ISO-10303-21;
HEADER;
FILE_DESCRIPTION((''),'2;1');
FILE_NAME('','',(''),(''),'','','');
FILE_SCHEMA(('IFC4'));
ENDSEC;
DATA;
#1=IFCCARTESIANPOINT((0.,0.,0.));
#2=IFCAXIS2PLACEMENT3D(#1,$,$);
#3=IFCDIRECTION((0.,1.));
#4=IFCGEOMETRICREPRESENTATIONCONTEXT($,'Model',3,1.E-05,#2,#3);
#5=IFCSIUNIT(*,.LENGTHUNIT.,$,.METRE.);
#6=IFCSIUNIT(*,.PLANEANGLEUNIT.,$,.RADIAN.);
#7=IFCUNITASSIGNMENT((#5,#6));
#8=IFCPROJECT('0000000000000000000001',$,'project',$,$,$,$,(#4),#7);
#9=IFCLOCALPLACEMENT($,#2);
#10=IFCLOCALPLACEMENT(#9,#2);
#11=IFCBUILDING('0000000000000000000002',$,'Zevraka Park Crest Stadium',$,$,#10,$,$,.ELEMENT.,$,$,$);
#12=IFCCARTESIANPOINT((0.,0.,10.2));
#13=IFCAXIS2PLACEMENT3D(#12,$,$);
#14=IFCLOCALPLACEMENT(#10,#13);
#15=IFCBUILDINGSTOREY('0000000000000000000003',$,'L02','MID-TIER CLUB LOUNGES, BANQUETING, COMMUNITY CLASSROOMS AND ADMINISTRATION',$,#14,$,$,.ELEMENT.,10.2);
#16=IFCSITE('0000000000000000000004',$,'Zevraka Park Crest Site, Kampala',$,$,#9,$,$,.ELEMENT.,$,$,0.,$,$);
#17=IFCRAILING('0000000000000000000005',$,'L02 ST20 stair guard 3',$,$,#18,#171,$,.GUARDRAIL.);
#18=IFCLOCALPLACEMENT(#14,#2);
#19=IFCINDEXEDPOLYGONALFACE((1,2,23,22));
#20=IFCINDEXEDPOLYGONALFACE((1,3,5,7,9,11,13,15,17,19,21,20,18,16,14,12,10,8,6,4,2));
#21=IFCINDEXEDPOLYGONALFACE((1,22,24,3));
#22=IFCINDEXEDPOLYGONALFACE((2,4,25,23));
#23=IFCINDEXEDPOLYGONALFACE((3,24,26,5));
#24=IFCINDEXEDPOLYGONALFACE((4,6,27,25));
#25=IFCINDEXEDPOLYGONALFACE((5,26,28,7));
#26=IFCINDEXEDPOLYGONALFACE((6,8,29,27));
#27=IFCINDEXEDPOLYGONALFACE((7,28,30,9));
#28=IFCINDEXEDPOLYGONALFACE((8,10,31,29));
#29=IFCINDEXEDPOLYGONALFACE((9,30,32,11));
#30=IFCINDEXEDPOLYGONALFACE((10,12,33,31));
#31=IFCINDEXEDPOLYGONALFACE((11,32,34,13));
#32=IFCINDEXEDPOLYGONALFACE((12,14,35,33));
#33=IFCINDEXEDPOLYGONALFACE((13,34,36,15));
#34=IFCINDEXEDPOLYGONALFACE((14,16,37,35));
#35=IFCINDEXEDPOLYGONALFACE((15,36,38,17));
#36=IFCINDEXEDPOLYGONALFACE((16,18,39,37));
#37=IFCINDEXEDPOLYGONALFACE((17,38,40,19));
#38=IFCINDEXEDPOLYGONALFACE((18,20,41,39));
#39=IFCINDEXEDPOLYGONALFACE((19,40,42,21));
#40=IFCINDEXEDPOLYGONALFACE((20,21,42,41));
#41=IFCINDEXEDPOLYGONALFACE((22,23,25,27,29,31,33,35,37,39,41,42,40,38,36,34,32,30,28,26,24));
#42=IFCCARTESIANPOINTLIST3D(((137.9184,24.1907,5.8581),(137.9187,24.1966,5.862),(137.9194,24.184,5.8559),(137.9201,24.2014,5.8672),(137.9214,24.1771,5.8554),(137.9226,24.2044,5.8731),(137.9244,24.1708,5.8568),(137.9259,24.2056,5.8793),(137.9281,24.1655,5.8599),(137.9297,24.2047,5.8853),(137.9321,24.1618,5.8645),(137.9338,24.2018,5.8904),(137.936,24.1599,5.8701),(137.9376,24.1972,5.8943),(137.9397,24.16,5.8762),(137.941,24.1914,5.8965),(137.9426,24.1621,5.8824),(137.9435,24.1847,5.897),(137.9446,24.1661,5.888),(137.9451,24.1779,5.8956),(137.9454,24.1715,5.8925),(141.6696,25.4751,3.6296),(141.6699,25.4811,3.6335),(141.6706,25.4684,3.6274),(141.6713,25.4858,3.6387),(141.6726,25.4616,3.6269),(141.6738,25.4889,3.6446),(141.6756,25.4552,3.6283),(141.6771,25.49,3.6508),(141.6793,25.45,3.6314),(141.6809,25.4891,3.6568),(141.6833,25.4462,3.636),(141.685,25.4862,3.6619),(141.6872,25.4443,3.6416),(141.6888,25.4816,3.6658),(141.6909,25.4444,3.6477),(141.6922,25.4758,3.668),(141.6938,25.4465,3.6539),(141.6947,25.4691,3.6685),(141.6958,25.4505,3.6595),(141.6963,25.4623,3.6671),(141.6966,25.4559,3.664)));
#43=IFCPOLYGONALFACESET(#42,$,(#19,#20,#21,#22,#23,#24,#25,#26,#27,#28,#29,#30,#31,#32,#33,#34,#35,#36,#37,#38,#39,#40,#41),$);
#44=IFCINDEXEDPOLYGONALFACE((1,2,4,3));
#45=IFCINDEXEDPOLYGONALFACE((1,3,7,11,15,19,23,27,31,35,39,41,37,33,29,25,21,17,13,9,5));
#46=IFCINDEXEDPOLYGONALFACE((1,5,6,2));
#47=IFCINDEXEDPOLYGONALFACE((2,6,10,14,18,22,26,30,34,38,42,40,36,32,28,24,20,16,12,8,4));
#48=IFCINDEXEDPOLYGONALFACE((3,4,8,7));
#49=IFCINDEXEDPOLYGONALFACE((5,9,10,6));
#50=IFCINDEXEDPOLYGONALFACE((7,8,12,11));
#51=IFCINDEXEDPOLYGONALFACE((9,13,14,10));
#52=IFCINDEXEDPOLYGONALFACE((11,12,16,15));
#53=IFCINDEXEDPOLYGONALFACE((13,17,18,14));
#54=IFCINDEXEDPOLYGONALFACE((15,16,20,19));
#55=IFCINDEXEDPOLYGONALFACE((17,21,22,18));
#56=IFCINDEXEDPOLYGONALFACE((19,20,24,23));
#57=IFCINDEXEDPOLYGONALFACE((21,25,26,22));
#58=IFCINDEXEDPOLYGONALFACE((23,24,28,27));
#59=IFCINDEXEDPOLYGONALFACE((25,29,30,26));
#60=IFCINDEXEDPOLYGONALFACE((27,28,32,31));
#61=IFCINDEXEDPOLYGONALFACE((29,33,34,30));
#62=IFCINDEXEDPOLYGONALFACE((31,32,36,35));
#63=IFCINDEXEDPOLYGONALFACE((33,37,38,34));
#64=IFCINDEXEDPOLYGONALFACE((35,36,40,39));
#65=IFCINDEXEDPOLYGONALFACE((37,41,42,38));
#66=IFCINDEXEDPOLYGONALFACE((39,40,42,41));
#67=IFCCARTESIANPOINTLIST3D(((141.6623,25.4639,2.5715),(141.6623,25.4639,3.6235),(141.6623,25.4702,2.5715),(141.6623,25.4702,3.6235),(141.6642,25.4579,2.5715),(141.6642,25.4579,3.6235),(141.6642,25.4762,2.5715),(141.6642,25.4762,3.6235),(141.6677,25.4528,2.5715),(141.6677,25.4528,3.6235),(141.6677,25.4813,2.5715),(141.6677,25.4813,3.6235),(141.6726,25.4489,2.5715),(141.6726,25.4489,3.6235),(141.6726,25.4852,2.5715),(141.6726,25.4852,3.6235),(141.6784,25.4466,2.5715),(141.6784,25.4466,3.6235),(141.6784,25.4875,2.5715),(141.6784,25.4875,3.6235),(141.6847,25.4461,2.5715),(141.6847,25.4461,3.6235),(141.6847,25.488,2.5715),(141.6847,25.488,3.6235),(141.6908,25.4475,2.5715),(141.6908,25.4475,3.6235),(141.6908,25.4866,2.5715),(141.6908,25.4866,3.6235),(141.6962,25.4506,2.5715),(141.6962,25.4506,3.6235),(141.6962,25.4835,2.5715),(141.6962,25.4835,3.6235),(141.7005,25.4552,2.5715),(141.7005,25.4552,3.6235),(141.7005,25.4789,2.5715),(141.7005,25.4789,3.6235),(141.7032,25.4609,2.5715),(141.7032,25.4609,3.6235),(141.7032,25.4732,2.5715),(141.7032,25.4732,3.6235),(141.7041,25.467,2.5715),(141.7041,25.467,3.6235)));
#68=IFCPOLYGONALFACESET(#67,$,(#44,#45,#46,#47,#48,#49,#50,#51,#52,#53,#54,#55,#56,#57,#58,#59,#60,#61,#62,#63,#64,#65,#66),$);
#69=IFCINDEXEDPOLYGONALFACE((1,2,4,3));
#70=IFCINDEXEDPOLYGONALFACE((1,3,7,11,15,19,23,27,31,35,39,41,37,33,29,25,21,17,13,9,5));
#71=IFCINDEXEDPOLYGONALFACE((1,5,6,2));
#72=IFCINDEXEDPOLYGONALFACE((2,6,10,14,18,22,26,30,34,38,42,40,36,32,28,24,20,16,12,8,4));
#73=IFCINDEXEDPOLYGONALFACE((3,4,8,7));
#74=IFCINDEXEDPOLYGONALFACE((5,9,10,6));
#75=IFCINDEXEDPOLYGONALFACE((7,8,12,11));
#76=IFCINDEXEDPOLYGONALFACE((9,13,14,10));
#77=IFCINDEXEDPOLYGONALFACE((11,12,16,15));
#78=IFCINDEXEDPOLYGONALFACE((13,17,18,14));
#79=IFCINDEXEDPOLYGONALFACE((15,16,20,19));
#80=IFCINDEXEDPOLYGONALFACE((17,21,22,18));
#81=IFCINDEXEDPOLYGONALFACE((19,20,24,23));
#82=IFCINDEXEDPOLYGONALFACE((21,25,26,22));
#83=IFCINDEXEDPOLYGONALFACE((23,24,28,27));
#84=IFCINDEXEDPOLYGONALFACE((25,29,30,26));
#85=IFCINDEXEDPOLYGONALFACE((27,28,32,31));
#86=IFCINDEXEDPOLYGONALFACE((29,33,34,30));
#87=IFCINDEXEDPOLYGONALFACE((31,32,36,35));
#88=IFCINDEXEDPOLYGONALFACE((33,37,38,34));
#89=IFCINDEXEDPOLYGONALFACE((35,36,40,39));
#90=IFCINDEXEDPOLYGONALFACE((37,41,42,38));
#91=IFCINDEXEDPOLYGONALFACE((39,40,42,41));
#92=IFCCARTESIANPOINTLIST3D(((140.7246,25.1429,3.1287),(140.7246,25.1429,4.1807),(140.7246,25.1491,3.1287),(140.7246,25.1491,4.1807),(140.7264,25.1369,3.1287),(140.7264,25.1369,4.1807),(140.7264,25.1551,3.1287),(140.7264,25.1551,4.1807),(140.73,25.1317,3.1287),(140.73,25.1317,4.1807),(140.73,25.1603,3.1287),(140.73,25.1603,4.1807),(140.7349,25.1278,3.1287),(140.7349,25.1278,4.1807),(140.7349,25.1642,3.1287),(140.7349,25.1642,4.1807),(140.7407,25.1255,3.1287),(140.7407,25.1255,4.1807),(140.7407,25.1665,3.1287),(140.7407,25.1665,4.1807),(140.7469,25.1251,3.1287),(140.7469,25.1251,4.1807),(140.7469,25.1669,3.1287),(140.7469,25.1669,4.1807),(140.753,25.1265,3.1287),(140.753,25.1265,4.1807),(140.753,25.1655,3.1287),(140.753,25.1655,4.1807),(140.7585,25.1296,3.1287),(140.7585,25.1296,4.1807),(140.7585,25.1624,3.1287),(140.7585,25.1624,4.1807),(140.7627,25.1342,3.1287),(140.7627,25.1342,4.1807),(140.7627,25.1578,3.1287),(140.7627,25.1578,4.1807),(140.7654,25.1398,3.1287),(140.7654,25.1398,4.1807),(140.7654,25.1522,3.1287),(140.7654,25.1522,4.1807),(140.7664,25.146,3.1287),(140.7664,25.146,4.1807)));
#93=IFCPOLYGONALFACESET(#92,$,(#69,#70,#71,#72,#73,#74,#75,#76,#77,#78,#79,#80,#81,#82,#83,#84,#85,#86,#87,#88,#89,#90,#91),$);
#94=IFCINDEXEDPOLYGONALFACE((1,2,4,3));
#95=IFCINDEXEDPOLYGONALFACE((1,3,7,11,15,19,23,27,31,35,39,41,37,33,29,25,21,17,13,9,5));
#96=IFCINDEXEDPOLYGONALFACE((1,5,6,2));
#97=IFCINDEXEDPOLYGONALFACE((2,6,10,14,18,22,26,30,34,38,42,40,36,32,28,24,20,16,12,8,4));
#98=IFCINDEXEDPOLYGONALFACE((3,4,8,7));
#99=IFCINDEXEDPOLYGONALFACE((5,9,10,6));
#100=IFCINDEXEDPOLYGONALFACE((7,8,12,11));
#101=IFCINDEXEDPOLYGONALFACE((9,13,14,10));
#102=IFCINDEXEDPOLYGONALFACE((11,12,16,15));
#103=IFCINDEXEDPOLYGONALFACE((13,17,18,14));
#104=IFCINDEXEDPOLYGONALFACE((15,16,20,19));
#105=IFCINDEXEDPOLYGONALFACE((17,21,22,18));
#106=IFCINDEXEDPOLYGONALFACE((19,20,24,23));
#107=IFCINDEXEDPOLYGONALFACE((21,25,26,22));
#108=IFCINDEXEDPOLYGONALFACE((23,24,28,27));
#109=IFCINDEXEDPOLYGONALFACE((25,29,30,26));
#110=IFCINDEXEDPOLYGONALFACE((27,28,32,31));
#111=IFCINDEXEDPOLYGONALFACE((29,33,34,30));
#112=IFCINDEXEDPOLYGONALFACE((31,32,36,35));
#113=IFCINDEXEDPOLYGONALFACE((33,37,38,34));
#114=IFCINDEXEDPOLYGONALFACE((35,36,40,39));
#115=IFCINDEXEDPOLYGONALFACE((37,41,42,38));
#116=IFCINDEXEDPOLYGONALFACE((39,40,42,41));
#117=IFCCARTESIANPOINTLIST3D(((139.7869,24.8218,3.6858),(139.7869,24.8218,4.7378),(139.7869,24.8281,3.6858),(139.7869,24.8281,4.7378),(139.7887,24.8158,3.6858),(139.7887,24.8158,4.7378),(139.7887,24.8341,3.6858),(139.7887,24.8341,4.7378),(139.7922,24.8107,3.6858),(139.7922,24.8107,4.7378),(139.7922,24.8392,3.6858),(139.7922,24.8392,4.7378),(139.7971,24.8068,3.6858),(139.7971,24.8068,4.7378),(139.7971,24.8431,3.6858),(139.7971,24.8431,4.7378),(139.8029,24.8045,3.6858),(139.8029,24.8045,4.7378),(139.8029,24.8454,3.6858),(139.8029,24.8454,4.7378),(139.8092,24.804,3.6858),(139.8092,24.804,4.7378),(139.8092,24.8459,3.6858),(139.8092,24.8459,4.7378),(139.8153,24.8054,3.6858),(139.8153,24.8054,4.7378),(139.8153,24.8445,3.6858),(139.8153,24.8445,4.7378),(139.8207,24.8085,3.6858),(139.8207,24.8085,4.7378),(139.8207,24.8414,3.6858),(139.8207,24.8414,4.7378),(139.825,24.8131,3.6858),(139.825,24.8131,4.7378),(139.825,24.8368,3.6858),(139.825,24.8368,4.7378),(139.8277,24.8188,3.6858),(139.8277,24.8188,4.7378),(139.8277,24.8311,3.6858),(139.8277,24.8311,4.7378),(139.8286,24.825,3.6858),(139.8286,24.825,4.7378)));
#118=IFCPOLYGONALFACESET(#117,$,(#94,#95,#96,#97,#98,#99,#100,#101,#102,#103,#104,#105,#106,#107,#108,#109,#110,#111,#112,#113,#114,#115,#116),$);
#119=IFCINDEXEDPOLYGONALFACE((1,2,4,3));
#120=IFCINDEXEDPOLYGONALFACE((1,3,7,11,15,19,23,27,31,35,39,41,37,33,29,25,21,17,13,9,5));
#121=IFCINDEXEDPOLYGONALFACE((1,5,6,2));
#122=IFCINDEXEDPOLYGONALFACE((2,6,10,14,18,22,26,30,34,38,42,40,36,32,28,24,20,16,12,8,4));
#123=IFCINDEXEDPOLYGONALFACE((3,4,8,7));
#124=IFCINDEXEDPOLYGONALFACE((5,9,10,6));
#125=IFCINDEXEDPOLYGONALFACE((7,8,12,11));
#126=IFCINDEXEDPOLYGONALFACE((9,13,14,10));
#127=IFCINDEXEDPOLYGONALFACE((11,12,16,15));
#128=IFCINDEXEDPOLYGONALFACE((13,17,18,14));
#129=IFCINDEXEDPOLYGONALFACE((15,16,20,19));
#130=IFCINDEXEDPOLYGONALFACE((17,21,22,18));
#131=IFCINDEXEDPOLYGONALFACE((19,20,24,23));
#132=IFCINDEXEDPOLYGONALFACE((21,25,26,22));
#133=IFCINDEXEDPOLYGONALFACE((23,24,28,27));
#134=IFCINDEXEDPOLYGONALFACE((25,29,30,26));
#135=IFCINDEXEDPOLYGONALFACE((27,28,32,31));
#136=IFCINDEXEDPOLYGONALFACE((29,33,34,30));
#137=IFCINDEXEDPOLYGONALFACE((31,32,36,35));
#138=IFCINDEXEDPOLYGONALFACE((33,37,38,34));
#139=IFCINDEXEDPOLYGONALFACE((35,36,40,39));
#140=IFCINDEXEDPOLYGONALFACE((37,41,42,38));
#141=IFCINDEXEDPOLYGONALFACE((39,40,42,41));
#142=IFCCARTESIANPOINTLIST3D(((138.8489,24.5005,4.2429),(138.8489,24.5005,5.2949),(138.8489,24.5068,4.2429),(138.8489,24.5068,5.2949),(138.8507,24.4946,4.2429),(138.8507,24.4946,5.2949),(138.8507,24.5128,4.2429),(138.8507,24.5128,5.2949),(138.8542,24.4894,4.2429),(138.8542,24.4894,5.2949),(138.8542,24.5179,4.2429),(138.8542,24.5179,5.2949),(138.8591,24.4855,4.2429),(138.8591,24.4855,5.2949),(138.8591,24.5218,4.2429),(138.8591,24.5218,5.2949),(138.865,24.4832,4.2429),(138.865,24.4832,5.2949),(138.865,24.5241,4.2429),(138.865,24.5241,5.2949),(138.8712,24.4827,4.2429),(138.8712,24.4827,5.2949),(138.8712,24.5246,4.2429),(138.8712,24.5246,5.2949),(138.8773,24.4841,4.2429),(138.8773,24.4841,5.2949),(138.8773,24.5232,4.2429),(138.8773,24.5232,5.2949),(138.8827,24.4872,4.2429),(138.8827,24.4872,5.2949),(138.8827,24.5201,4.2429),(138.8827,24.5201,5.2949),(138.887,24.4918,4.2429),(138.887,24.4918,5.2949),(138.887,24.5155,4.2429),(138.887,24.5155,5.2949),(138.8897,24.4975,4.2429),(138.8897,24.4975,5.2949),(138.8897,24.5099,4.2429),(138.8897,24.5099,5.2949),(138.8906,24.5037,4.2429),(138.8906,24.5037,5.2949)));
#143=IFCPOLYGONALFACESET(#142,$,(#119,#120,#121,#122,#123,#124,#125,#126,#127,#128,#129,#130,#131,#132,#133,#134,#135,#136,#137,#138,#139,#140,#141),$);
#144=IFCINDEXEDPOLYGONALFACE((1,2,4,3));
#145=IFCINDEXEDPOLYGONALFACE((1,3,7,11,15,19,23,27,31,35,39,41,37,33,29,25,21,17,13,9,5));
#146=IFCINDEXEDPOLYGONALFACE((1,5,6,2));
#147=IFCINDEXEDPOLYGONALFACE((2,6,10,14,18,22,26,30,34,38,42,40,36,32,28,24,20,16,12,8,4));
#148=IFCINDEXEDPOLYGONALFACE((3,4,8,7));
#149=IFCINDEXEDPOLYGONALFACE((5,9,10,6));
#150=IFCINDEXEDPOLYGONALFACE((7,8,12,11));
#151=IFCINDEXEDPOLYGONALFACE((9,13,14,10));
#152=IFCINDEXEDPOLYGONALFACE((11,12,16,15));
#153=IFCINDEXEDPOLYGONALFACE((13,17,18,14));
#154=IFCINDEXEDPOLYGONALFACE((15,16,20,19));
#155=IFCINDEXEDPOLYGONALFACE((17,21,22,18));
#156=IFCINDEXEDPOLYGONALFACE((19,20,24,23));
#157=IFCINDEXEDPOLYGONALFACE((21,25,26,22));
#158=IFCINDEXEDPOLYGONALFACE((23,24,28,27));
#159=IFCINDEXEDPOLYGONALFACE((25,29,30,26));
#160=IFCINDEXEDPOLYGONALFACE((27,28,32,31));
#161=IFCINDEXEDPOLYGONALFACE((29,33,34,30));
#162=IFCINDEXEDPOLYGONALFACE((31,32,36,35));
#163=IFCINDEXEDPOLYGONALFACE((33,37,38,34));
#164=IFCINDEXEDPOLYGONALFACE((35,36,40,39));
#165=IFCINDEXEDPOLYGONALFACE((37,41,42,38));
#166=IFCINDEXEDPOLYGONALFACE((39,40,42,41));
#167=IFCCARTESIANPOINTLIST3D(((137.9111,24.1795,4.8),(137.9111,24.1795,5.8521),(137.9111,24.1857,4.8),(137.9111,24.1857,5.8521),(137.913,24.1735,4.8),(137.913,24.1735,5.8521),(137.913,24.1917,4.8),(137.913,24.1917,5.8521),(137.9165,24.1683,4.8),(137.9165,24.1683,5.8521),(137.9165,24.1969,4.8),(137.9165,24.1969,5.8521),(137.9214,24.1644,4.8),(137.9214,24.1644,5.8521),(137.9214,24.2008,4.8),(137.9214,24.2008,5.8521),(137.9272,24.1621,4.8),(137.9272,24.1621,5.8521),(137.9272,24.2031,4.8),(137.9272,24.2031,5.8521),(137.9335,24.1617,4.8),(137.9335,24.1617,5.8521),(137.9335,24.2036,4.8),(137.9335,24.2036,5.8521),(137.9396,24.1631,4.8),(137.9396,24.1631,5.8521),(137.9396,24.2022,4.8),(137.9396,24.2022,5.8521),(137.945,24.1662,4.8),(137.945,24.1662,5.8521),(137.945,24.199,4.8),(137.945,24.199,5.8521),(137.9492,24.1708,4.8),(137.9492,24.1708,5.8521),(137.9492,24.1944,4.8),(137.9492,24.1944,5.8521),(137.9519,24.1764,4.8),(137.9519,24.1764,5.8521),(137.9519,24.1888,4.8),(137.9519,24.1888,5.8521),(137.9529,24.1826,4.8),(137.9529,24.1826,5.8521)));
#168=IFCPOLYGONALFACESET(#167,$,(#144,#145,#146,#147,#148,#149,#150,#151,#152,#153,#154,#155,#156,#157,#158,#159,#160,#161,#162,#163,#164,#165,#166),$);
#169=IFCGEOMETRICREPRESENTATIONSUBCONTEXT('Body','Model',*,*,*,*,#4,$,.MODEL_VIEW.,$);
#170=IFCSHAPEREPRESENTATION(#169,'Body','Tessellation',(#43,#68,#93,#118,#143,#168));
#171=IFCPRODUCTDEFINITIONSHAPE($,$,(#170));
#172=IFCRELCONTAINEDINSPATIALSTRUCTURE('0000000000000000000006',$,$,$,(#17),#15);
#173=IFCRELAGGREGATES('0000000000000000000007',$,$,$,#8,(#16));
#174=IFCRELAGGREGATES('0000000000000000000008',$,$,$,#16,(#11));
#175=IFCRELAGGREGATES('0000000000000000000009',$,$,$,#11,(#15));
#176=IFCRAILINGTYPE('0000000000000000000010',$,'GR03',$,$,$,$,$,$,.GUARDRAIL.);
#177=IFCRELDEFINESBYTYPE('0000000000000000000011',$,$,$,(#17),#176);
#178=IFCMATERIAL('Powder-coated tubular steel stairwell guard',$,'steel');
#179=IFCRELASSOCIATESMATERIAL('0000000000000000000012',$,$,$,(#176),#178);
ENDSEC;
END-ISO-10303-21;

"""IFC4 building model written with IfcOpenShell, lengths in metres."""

from ifc_helpers import new_model, si_unit, direction, frame, origin, origin_2d, place, context, subcontext, project, spatial, circle, extrude, material, type_object, element, save


model = new_model("IFC4")

# Units and contexts
model_context = context("Model", 3, precision=1e-05, world=origin(), true_north=direction((0.0, 1.0)))
body_context = subcontext(model_context, "Body", "Model", "MODEL_VIEW")
ifc_project = project(units=[si_unit("LENGTHUNIT", "METRE"), si_unit("PLANEANGLEUNIT", "RADIAN")], contexts=[model_context])

# Site, building, storey
site_placement = place(None, origin())
site = spatial("IfcSite", under=ifc_project, at=site_placement, Name="Zevraka Park Crest Site, Kampala", CompositionType="ELEMENT", RefElevation=0.0)
building_placement = place(site_placement, origin())
building = spatial("IfcBuilding", under=site, at=building_placement, Name="Zevraka Park Crest Stadium", CompositionType="ELEMENT")
storey_placement = place(building_placement, frame((0.0, 0.0, 10.2)))
storey = spatial("IfcBuildingStorey", under=building, at=storey_placement, Name="L02", Description="MID-TIER CLUB LOUNGES, BANQUETING, COMMUNITY CLASSROOMS AND ADMINISTRATION", CompositionType="ELEMENT", Elevation=10.2)

# Railing
ifc_material_1 = material(Name="Powder-coated tubular steel stairwell guard", Category="steel")
railing_type_1 = type_object("IfcRailingType", Name="GR03", PredefinedType="GUARDRAIL", material=ifc_material_1)
railing_1_placement = place(storey_placement, frame((141.6831, 25.467, 2.5715)))
element("IfcRailing", 1, at=railing_1_placement, inside=storey, type_object=railing_type_1, Name="L02 ST20 stair guard 3", PredefinedType="GUARDRAIL", context=body_context, shape_type="SweptSolid", body=[
    extrude(circle(Radius=0.0239, at=origin_2d()), frame((0.0, 0.0, 1.0762), z_axis=(-0.824739, -0.282392, 0.489959), x_axis=(0.323939, -0.946078, 0.0)), (0.0, 0.0, 1.0), 4.5483),
    extrude(circle(Radius=0.021, at=origin_2d()), origin(), (0.0, 0.0, 1.0), 1.052),
    extrude(circle(Radius=0.021, at=origin_2d()), frame((-0.9377, -0.321, 0.5571)), (0.0, 0.0, 1.0), 1.052),
    extrude(circle(Radius=0.021, at=origin_2d()), frame((-1.8755, -0.6421, 1.1143)), (0.0, 0.0, 1.0), 1.052),
    extrude(circle(Radius=0.021, at=origin_2d()), frame((-2.8135, -0.9634, 1.6714)), (0.0, 0.0, 1.0), 1.052),
    extrude(circle(Radius=0.021, at=origin_2d()), frame((-3.7512, -1.2844, 2.2285)), (0.0, 0.0, 1.0), 1.052),
])

save(model, "model.ifc")
